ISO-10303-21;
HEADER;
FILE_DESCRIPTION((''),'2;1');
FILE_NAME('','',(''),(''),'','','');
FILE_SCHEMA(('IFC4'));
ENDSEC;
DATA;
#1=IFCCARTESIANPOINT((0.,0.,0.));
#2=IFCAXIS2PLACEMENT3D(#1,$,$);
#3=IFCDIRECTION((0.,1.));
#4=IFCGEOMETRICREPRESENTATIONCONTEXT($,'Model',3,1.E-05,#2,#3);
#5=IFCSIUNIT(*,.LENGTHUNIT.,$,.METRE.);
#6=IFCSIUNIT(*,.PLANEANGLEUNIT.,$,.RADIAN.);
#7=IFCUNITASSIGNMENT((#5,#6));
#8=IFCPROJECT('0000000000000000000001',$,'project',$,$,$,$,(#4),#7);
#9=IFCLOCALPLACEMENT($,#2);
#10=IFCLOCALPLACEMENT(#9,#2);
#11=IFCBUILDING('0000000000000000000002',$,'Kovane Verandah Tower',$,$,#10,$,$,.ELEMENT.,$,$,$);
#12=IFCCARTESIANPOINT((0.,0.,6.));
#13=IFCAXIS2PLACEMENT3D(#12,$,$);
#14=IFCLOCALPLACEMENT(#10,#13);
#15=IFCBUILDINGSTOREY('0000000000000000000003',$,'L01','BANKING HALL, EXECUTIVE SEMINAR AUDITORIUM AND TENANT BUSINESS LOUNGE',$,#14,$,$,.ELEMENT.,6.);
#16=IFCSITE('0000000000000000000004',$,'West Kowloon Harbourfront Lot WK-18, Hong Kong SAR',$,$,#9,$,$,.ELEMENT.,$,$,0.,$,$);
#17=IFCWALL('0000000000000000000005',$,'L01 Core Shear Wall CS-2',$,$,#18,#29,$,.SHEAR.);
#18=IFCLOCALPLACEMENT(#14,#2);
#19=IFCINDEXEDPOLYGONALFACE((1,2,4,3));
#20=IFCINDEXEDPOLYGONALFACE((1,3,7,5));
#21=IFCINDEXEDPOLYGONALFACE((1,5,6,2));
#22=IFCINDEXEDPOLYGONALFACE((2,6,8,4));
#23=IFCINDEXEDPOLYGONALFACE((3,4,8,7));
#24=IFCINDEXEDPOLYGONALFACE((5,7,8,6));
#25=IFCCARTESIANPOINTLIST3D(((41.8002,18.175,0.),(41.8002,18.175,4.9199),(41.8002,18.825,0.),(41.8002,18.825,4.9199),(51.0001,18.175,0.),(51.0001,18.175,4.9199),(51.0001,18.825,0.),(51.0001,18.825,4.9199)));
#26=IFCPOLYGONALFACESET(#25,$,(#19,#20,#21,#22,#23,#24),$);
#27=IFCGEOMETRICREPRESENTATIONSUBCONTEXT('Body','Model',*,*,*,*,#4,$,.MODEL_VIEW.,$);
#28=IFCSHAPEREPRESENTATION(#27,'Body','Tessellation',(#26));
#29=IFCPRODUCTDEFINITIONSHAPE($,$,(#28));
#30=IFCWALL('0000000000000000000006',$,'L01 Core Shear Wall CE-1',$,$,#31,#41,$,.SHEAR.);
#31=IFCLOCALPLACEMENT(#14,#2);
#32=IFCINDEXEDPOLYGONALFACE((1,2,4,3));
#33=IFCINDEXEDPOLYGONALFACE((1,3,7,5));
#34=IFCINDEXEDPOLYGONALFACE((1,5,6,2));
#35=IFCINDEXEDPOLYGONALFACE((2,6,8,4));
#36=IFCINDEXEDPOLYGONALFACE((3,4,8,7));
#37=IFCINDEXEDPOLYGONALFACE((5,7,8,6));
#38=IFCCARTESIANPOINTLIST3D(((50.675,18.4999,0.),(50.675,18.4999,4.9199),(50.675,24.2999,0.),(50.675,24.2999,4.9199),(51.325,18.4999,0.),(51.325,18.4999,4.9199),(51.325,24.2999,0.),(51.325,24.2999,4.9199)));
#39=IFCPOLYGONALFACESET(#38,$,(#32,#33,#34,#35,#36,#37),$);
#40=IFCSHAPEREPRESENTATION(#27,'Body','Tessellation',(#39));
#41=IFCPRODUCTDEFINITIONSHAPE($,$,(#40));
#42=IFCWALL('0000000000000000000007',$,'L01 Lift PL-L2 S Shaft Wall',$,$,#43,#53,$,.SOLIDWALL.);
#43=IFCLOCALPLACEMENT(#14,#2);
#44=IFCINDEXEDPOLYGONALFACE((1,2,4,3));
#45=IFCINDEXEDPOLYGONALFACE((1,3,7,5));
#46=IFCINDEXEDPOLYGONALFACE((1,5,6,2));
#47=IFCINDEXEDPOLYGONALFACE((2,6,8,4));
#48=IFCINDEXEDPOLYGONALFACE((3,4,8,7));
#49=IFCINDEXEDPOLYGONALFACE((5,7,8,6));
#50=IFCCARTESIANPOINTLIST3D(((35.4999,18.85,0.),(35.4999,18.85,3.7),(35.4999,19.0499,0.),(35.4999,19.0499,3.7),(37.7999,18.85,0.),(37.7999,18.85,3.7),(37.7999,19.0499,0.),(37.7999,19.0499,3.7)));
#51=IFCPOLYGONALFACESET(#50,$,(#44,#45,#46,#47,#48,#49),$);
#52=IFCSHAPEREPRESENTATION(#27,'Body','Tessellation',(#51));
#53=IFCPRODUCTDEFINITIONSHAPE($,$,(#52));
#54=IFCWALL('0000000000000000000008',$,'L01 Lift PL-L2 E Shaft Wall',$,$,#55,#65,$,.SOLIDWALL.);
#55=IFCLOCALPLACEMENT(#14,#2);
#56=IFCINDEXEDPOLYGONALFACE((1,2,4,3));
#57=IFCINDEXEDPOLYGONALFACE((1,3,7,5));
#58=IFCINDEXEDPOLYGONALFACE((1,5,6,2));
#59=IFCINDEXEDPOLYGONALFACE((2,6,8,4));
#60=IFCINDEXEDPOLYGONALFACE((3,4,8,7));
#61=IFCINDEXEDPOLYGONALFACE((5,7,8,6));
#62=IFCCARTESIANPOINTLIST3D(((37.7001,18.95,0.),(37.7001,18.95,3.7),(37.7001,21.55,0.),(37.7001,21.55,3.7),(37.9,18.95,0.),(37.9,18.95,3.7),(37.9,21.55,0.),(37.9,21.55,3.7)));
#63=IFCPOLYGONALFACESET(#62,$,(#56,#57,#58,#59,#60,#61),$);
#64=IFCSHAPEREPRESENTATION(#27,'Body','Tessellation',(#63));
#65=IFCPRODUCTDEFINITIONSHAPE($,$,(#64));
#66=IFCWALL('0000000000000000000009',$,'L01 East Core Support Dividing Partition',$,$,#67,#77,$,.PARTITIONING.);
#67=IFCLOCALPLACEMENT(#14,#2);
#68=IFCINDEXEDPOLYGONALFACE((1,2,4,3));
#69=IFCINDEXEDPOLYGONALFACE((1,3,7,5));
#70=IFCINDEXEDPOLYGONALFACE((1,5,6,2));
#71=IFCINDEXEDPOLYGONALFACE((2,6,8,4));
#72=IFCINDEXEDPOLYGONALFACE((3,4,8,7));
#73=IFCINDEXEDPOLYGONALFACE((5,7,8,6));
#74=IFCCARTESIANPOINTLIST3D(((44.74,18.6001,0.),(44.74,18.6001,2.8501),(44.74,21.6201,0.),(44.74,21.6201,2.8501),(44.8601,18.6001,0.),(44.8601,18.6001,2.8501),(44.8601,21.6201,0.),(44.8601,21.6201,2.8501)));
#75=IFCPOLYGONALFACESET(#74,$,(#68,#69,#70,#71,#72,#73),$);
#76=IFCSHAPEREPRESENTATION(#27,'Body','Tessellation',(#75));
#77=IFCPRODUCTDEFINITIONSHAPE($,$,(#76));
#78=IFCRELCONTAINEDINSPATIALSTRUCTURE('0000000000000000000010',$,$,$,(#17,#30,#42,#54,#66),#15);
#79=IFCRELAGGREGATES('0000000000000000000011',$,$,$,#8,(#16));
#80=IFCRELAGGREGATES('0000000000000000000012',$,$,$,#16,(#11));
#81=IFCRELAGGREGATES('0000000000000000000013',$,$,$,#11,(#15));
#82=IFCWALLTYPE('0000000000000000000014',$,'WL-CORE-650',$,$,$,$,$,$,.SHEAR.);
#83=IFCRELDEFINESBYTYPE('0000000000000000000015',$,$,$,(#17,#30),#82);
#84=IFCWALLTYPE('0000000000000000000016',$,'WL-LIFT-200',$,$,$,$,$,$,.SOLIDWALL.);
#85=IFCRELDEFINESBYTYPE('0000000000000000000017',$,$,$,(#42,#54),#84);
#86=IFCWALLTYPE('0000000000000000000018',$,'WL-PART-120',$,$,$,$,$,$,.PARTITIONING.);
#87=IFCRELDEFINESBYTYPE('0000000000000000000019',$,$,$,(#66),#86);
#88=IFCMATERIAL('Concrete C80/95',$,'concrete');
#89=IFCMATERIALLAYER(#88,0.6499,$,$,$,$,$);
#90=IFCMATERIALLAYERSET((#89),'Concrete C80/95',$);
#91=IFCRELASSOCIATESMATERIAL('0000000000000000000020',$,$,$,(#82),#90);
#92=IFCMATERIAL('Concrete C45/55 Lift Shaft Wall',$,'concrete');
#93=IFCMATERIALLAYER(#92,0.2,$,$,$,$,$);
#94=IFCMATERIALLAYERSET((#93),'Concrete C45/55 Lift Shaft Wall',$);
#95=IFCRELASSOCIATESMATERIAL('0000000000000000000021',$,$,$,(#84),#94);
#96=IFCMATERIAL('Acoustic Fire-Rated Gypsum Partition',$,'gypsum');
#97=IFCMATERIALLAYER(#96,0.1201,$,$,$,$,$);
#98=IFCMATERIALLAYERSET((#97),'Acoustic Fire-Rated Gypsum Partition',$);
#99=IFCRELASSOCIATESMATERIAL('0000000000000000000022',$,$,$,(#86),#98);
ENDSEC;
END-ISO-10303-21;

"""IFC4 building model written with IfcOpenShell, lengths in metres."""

from ifc_helpers import new_model, si_unit, direction, frame, frame_2d, origin, place, context, subcontext, project, spatial, rectangle, extrude, material, layer, layer_set, type_object, element, save


model = new_model("IFC4")

# Units and contexts
model_context = context("Model", 3, precision=1e-05, world=origin(), true_north=direction((0.0, 1.0)))
body_context = subcontext(model_context, "Body", "Model", "MODEL_VIEW")
ifc_project = project(units=[si_unit("LENGTHUNIT", "METRE"), si_unit("PLANEANGLEUNIT", "RADIAN")], contexts=[model_context])

# Site, building, storey
site_placement = place(None, origin())
site = spatial("IfcSite", under=ifc_project, at=site_placement, Name="West Kowloon Harbourfront Lot WK-18, Hong Kong SAR", CompositionType="ELEMENT", RefElevation=0.0)
building_placement = place(site_placement, origin())
building = spatial("IfcBuilding", under=site, at=building_placement, Name="Kovane Verandah Tower", CompositionType="ELEMENT")
storey_placement = place(building_placement, frame((0.0, 0.0, 6.0)))
storey = spatial("IfcBuildingStorey", under=building, at=storey_placement, Name="L01", Description="BANKING HALL, EXECUTIVE SEMINAR AUDITORIUM AND TENANT BUSINESS LOUNGE", CompositionType="ELEMENT", Elevation=6.0)

# Shared definitions
ifc_material_1 = material(Name="Concrete C80/95", Category="concrete")

# Walls
ifc_layer_1 = layer(ifc_material_1, 0.6499)
ifc_layer_set_1 = layer_set([ifc_layer_1], Name="Concrete C80/95")
wall_type_1 = type_object("IfcWallType", Name="WL-CORE-650", PredefinedType="SHEAR", material=ifc_layer_set_1)
wall_1_placement = place(storey_placement, frame((41.8, 18.5, 0.0), z_axis=(0.0, 0.0, 1.0), x_axis=(1.0, 0.0, 0.0)))
element("IfcWall", 1, at=wall_1_placement, inside=storey, type_object=wall_type_1, Name="L01 Core Shear Wall CS-2", PredefinedType="SHEAR", context=body_context, shape_type="SweptSolid", body=[
    extrude(rectangle(XDim=9.2, YDim=0.6499, at=frame_2d((4.6001, 0.0))), origin(), (0.0, 0.0, 1.0), 4.9199),
])
wall_2_placement = place(storey_placement, frame((51.0, 18.5, 0.0), z_axis=(0.0, 0.0, 1.0), x_axis=(0.0, 1.0, 0.0)))
element("IfcWall", 2, at=wall_2_placement, inside=storey, type_object=wall_type_1, Name="L01 Core Shear Wall CE-1", PredefinedType="SHEAR", context=body_context, shape_type="SweptSolid", body=[
    extrude(rectangle(XDim=5.8, YDim=0.6499, at=frame_2d((2.8999, 0.0))), origin(), (0.0, 0.0, 1.0), 4.9199),
])
ifc_material_2 = material(Name="Concrete C45/55 Lift Shaft Wall", Category="concrete")
ifc_layer_2 = layer(ifc_material_2, 0.2)
ifc_layer_set_2 = layer_set([ifc_layer_2], Name="Concrete C45/55 Lift Shaft Wall")
wall_type_2 = type_object("IfcWallType", Name="WL-LIFT-200", PredefinedType="SOLIDWALL", material=ifc_layer_set_2)
wall_3_placement = place(storey_placement, frame((35.5, 18.95, 0.0), z_axis=(0.0, 0.0, 1.0), x_axis=(1.0, 0.0, 0.0)))
element("IfcWall", 3, at=wall_3_placement, inside=storey, type_object=wall_type_2, Name="L01 Lift PL-L2 S Shaft Wall", PredefinedType="SOLIDWALL", context=body_context, shape_type="SweptSolid", body=[
    extrude(rectangle(XDim=2.3, YDim=0.2, at=frame_2d((1.1499, 0.0))), origin(), (0.0, 0.0, 1.0), 3.7),
])
wall_4_placement = place(storey_placement, frame((37.8, 18.95, 0.0), z_axis=(0.0, 0.0, 1.0), x_axis=(0.0, 1.0, 0.0)))
element("IfcWall", 4, at=wall_4_placement, inside=storey, type_object=wall_type_2, Name="L01 Lift PL-L2 E Shaft Wall", PredefinedType="SOLIDWALL", context=body_context, shape_type="SweptSolid", body=[
    extrude(rectangle(XDim=2.6001, YDim=0.2, at=frame_2d((1.3, 0.0))), origin(), (0.0, 0.0, 1.0), 3.7),
])
ifc_material_3 = material(Name="Acoustic Fire-Rated Gypsum Partition", Category="gypsum")
ifc_layer_3 = layer(ifc_material_3, 0.1201)
ifc_layer_set_3 = layer_set([ifc_layer_3], Name="Acoustic Fire-Rated Gypsum Partition")
wall_type_3 = type_object("IfcWallType", Name="WL-PART-120", PredefinedType="PARTITIONING", material=ifc_layer_set_3)
wall_5_placement = place(storey_placement, frame((44.8, 18.6001, 0.0), z_axis=(0.0, 0.0, 1.0), x_axis=(0.0, 1.0, 0.0)))
element("IfcWall", 5, at=wall_5_placement, inside=storey, type_object=wall_type_3, Name="L01 East Core Support Dividing Partition", PredefinedType="PARTITIONING", context=body_context, shape_type="SweptSolid", body=[
    extrude(rectangle(XDim=3.02, YDim=0.1201, at=frame_2d((1.51, 0.0))), origin(), (0.0, 0.0, 1.0), 2.8501),
])

save(model, "model.ifc")
